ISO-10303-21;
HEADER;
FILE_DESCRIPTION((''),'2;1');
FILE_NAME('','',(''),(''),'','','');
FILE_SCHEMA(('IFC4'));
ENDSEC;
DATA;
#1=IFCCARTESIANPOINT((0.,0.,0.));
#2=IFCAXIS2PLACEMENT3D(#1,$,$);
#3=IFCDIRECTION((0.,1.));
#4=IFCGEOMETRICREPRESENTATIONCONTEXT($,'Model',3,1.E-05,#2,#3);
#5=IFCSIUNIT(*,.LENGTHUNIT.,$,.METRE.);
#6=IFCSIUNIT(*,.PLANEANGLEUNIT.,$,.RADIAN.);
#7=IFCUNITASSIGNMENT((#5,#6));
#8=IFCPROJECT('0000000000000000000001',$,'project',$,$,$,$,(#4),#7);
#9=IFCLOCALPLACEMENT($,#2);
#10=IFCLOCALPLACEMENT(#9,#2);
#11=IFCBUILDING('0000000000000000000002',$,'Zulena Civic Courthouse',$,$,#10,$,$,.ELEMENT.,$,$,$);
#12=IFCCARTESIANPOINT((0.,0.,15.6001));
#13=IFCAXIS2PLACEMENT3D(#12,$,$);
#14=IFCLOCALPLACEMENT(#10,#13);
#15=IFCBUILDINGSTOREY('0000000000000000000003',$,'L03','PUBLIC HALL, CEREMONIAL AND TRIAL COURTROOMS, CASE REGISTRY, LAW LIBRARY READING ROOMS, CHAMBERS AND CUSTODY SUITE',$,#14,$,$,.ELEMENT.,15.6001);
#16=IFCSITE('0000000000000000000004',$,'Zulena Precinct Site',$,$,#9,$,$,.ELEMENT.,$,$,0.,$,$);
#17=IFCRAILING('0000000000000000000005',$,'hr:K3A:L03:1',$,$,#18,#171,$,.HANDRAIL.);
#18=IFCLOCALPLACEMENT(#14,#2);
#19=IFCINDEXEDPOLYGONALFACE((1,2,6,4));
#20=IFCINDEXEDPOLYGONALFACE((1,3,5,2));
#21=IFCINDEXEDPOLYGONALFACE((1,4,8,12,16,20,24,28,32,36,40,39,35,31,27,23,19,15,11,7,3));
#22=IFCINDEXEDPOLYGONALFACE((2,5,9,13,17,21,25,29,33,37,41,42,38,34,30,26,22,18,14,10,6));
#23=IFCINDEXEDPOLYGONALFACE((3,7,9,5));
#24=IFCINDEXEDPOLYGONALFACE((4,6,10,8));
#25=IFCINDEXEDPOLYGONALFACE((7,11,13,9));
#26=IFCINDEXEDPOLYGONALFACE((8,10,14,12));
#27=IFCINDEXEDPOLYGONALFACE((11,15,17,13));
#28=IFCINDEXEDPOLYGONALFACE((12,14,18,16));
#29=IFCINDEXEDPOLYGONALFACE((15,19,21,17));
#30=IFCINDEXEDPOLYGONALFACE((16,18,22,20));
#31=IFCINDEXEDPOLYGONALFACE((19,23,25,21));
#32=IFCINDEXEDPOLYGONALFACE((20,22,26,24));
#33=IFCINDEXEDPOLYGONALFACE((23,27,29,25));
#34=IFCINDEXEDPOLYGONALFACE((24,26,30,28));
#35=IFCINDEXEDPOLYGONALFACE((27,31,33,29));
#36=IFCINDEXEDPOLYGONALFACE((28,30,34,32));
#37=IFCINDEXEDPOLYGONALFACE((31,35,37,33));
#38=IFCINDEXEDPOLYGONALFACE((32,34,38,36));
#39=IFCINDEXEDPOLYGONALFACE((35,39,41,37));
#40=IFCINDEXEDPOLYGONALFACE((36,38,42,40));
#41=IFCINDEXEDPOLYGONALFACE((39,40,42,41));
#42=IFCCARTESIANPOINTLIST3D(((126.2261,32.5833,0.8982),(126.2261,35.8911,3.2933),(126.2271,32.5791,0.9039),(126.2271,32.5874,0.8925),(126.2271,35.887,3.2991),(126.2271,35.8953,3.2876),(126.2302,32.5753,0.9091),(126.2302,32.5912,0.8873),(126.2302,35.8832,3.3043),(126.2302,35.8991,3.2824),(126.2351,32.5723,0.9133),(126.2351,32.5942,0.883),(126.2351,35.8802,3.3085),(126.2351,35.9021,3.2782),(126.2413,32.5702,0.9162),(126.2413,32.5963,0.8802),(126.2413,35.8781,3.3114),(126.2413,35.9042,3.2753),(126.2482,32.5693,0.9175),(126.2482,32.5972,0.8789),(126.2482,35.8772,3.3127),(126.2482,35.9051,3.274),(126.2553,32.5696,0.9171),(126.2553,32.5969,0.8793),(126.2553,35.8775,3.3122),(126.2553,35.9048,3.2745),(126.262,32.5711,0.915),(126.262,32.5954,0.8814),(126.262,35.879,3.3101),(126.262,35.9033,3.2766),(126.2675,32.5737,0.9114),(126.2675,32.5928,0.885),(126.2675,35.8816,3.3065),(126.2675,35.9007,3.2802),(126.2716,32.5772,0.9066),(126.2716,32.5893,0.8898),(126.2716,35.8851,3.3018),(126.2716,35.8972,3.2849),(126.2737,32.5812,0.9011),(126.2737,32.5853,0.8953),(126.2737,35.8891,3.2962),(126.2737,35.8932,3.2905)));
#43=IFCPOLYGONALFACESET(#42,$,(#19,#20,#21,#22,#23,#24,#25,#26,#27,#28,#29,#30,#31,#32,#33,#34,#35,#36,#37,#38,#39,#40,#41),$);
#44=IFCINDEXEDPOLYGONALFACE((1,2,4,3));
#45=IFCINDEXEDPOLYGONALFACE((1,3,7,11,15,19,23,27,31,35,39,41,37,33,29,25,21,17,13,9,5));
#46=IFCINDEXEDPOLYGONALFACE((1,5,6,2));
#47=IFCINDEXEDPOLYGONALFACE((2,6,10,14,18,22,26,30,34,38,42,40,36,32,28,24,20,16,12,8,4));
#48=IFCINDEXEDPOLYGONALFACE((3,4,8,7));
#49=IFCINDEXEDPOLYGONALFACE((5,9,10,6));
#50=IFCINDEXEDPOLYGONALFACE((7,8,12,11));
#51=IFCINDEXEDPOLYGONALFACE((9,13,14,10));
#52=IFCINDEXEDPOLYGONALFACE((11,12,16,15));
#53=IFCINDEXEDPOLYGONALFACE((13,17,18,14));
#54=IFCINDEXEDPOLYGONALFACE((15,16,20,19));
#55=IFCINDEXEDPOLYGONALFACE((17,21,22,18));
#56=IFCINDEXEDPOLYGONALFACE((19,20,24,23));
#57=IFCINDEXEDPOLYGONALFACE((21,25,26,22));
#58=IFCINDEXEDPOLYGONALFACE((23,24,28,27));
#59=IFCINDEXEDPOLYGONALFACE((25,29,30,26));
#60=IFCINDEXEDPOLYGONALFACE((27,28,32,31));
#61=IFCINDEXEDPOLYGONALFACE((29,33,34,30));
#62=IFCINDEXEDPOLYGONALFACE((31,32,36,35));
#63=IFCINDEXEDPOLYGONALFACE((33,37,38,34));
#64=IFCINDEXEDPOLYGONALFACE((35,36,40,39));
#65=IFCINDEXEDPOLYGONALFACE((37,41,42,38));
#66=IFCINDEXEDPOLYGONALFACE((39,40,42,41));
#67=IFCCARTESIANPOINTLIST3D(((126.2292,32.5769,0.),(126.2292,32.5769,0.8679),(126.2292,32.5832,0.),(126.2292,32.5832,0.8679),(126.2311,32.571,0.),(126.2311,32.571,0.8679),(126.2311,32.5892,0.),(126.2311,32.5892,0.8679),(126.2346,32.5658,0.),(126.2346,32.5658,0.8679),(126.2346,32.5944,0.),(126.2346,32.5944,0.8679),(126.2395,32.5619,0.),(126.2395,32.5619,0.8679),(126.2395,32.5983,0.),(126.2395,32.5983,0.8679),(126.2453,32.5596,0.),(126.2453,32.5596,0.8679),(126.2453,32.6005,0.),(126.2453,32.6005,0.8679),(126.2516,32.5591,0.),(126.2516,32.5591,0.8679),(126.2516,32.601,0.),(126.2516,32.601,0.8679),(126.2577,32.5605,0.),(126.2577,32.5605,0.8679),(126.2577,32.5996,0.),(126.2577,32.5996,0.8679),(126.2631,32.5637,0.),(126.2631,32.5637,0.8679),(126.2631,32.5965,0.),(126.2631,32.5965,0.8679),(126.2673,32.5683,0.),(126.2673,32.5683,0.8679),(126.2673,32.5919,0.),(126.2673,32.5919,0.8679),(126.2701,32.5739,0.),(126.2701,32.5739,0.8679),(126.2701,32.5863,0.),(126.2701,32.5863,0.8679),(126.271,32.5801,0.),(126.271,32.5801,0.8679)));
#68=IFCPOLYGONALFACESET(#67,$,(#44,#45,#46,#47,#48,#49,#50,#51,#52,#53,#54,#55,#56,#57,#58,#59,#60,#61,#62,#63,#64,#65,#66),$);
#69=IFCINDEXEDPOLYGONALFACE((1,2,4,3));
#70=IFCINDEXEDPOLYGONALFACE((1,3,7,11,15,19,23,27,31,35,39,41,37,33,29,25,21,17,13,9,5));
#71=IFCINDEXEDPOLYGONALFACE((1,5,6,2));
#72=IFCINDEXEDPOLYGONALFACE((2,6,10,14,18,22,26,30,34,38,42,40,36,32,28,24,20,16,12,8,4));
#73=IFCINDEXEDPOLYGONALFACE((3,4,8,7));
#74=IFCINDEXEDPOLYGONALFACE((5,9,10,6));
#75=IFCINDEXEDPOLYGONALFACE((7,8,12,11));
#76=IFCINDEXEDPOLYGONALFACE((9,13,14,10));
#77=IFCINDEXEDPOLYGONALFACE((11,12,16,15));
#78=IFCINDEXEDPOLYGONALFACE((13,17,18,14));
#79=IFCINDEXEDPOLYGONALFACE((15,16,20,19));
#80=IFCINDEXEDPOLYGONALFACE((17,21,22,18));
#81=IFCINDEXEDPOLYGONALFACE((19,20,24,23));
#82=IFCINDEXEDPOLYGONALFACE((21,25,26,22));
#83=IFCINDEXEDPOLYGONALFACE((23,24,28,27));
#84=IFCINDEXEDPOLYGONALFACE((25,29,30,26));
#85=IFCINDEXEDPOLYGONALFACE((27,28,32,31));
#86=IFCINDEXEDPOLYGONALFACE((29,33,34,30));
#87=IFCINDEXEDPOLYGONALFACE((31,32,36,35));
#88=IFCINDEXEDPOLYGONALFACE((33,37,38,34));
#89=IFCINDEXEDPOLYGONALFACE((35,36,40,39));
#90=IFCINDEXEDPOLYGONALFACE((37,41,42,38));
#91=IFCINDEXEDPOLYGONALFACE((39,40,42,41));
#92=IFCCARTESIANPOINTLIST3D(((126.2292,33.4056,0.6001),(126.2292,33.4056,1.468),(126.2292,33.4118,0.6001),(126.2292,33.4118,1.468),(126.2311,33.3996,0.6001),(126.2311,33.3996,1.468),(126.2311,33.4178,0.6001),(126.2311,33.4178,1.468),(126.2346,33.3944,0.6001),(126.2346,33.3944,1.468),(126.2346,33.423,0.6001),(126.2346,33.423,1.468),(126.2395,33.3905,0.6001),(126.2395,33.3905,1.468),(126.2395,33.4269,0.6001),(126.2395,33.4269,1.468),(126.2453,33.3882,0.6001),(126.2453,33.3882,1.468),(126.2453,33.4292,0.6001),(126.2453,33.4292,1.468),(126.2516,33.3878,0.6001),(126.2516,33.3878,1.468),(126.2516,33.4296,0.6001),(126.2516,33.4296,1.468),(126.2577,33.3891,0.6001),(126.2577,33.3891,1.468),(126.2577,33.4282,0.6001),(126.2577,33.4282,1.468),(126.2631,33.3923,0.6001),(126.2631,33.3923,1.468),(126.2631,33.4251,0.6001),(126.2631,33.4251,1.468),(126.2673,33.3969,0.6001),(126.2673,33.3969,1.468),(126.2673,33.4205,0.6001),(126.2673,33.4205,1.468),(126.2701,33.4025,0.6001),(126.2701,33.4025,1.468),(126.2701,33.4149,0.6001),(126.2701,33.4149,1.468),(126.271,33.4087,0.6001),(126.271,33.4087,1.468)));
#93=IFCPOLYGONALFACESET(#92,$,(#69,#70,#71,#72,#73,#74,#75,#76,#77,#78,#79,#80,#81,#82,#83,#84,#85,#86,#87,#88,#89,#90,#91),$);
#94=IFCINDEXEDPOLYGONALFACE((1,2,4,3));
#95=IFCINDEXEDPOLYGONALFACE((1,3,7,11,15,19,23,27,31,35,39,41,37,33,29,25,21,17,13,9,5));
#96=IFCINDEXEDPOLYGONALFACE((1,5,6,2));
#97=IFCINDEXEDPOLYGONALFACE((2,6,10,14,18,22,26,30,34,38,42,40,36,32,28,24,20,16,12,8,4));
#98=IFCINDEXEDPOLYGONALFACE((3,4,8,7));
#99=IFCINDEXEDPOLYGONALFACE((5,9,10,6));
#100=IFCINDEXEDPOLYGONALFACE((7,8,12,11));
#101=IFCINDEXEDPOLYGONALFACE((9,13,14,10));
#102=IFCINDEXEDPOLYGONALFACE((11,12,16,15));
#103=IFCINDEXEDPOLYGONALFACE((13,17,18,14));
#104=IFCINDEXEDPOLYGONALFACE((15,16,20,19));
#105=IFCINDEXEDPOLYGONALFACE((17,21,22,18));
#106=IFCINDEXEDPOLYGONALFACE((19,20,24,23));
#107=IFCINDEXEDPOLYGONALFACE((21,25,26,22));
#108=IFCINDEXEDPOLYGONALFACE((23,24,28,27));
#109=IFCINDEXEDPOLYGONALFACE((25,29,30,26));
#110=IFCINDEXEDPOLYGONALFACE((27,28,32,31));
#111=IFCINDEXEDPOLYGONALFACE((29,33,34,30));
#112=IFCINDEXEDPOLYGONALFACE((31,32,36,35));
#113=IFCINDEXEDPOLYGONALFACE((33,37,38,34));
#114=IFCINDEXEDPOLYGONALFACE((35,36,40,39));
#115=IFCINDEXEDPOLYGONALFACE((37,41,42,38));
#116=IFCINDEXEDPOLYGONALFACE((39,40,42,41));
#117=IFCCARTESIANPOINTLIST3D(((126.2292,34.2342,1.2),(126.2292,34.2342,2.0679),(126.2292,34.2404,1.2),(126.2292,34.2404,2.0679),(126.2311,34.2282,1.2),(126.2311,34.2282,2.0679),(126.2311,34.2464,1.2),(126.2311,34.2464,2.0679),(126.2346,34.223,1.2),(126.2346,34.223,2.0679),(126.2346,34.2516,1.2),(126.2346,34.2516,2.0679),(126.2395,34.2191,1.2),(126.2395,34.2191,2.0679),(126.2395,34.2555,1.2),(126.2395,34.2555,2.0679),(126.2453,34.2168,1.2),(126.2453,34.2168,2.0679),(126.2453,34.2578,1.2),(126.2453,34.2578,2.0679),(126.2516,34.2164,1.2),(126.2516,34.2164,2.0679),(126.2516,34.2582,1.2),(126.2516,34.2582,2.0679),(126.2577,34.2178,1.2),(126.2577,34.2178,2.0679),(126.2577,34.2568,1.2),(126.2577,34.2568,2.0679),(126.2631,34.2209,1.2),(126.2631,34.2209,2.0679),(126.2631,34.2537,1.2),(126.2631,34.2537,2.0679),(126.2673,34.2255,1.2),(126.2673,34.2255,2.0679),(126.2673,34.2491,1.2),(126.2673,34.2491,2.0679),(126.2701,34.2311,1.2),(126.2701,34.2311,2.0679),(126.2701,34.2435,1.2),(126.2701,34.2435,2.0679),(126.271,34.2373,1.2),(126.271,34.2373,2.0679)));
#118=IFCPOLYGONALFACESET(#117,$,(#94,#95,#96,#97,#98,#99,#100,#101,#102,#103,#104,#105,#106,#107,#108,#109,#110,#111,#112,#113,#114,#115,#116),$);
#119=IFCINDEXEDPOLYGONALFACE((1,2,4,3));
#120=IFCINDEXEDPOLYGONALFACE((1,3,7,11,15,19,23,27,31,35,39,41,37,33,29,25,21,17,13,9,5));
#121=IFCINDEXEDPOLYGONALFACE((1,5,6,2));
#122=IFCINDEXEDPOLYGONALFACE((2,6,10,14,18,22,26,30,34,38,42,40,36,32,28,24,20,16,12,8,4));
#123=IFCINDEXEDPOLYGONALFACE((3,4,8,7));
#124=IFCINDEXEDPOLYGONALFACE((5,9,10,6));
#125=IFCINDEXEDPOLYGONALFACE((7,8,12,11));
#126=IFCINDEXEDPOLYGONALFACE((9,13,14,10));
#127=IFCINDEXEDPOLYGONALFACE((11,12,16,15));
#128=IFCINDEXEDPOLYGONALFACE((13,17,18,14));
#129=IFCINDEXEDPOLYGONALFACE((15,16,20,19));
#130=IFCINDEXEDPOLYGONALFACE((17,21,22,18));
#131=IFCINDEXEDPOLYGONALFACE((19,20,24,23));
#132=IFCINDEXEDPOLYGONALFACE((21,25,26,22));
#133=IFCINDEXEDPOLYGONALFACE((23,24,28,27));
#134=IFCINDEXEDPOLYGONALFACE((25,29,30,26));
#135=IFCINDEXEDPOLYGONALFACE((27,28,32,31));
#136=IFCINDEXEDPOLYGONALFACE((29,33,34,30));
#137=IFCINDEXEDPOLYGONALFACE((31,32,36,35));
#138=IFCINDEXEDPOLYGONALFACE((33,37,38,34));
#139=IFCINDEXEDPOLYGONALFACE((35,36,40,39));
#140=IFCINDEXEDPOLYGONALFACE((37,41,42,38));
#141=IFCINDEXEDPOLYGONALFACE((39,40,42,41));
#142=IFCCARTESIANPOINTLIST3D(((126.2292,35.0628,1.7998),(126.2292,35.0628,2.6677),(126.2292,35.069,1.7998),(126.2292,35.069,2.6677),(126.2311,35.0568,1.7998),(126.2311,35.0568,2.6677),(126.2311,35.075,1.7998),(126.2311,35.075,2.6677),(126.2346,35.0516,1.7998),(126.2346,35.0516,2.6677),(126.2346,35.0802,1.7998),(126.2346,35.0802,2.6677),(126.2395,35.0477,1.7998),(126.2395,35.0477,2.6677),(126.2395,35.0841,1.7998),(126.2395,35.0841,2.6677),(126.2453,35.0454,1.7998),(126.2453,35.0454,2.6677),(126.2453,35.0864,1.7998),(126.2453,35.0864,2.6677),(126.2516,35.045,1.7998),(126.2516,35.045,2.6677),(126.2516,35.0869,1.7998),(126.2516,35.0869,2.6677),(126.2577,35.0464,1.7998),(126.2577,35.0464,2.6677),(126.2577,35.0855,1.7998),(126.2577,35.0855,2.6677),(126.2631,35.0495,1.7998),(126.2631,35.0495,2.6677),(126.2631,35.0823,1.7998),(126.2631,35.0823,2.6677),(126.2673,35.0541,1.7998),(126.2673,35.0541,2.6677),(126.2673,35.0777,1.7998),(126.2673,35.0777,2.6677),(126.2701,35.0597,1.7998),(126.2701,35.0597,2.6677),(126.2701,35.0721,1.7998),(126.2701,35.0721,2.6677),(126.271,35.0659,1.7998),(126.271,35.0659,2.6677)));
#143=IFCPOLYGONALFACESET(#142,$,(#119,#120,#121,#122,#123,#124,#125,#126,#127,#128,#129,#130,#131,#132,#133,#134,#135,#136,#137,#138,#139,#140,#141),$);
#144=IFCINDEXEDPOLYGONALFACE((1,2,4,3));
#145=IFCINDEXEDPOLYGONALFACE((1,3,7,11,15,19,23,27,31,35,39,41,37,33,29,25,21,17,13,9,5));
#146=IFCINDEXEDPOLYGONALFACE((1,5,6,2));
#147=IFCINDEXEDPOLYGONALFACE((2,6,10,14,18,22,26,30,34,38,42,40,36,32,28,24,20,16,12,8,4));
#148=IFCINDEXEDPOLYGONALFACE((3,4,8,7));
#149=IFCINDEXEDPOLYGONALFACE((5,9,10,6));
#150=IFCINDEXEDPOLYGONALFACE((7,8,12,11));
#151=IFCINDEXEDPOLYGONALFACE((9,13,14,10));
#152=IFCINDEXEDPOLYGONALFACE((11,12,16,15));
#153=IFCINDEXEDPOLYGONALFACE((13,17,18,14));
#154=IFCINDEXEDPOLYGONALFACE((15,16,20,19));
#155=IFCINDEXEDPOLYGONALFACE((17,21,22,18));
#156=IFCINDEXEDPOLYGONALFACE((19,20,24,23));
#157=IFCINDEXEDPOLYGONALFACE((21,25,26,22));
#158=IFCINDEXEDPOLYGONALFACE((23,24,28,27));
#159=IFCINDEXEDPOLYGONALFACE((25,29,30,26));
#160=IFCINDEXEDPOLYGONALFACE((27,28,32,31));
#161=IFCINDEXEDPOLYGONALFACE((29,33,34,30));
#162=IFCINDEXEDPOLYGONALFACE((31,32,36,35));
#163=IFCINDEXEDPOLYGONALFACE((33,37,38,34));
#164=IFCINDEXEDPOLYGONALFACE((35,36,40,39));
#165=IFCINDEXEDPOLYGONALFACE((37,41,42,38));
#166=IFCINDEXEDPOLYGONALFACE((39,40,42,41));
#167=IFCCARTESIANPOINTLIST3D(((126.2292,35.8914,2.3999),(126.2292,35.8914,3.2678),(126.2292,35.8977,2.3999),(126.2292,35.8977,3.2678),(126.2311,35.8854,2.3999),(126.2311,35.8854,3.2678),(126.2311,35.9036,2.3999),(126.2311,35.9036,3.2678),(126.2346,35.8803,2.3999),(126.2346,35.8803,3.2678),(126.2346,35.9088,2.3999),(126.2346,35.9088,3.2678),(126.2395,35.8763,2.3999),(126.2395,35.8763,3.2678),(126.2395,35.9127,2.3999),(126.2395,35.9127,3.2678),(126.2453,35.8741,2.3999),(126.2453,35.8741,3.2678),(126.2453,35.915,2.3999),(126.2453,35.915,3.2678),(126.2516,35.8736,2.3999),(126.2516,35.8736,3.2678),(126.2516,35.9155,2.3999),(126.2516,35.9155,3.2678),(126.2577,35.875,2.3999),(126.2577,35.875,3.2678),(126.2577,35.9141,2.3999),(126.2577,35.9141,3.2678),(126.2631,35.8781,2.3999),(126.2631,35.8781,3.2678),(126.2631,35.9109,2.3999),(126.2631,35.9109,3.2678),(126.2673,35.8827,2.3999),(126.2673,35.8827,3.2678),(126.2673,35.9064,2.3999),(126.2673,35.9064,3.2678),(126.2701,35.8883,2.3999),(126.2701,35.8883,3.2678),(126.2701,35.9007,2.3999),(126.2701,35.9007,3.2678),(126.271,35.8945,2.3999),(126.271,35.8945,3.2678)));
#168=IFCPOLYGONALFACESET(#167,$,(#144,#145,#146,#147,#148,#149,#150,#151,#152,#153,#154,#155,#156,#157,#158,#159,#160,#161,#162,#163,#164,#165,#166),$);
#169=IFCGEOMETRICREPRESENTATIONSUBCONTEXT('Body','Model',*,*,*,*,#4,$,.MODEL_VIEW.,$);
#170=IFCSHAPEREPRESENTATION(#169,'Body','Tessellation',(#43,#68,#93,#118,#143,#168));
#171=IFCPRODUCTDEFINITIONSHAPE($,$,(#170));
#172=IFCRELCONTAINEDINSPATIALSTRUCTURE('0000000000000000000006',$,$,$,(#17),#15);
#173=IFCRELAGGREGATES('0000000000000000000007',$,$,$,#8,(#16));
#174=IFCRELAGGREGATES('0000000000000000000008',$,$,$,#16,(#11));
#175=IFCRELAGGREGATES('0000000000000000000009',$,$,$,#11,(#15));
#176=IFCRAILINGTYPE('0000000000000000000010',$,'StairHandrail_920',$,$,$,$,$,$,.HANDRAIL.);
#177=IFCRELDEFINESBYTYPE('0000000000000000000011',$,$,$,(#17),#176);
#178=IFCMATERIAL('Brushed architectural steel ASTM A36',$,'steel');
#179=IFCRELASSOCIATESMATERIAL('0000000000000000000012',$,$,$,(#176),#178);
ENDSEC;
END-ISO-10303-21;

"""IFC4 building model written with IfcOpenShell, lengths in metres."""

from ifc_helpers import new_model, si_unit, direction, frame, origin, origin_2d, place, context, subcontext, project, spatial, circle, extrude, material, type_object, element, save


model = new_model("IFC4")

# Units and contexts
model_context = context("Model", 3, precision=1e-05, world=origin(), true_north=direction((0.0, 1.0)))
body_context = subcontext(model_context, "Body", "Model", "MODEL_VIEW")
ifc_project = project(units=[si_unit("LENGTHUNIT", "METRE"), si_unit("PLANEANGLEUNIT", "RADIAN")], contexts=[model_context])

# Site, building, storey
site_placement = place(None, origin())
site = spatial("IfcSite", under=ifc_project, at=site_placement, Name="Zulena Precinct Site", CompositionType="ELEMENT", RefElevation=0.0)
building_placement = place(site_placement, origin())
building = spatial("IfcBuilding", under=site, at=building_placement, Name="Zulena Civic Courthouse", CompositionType="ELEMENT")
storey_placement = place(building_placement, frame((0.0, 0.0, 15.6001)))
storey = spatial("IfcBuildingStorey", under=building, at=storey_placement, Name="L03", Description="PUBLIC HALL, CEREMONIAL AND TRIAL COURTROOMS, CASE REGISTRY, LAW LIBRARY READING ROOMS, CHAMBERS AND CUSTODY SUITE", CompositionType="ELEMENT", Elevation=15.6001)

# Railing
ifc_material_1 = material(Name="Brushed architectural steel ASTM A36", Category="steel")
railing_type_1 = type_object("IfcRailingType", Name="StairHandrail_920", PredefinedType="HANDRAIL", material=ifc_material_1)
railing_1_placement = place(storey_placement, frame((126.25, 32.5801, 0.0)))
element("IfcRailing", 1, at=railing_1_placement, inside=storey, type_object=railing_type_1, Name="hr:K3A:L03:1", PredefinedType="HANDRAIL", context=body_context, shape_type="SweptSolid", body=[
    extrude(circle(Radius=0.0239, at=origin_2d()), frame((0.0, 0.0032, 0.8982), z_axis=(0.0, 0.809968, 0.586475), x_axis=(-1.0, 0.0, 0.0)), (0.0, 0.0, 1.0), 4.084),
    extrude(circle(Radius=0.021, at=origin_2d()), origin(), (0.0, 0.0, 1.0), 0.8679),
    extrude(circle(Radius=0.021, at=origin_2d()), frame((0.0, 0.8286, 0.6001)), (0.0, 0.0, 1.0), 0.8679),
    extrude(circle(Radius=0.021, at=origin_2d()), frame((0.0, 1.6572, 1.2)), (0.0, 0.0, 1.0), 0.8679),
    extrude(circle(Radius=0.021, at=origin_2d()), frame((0.0, 2.4858, 1.7998)), (0.0, 0.0, 1.0), 0.8679),
    extrude(circle(Radius=0.021, at=origin_2d()), frame((0.0, 3.3145, 2.3999)), (0.0, 0.0, 1.0), 0.8679),
])

save(model, "model.ifc")
